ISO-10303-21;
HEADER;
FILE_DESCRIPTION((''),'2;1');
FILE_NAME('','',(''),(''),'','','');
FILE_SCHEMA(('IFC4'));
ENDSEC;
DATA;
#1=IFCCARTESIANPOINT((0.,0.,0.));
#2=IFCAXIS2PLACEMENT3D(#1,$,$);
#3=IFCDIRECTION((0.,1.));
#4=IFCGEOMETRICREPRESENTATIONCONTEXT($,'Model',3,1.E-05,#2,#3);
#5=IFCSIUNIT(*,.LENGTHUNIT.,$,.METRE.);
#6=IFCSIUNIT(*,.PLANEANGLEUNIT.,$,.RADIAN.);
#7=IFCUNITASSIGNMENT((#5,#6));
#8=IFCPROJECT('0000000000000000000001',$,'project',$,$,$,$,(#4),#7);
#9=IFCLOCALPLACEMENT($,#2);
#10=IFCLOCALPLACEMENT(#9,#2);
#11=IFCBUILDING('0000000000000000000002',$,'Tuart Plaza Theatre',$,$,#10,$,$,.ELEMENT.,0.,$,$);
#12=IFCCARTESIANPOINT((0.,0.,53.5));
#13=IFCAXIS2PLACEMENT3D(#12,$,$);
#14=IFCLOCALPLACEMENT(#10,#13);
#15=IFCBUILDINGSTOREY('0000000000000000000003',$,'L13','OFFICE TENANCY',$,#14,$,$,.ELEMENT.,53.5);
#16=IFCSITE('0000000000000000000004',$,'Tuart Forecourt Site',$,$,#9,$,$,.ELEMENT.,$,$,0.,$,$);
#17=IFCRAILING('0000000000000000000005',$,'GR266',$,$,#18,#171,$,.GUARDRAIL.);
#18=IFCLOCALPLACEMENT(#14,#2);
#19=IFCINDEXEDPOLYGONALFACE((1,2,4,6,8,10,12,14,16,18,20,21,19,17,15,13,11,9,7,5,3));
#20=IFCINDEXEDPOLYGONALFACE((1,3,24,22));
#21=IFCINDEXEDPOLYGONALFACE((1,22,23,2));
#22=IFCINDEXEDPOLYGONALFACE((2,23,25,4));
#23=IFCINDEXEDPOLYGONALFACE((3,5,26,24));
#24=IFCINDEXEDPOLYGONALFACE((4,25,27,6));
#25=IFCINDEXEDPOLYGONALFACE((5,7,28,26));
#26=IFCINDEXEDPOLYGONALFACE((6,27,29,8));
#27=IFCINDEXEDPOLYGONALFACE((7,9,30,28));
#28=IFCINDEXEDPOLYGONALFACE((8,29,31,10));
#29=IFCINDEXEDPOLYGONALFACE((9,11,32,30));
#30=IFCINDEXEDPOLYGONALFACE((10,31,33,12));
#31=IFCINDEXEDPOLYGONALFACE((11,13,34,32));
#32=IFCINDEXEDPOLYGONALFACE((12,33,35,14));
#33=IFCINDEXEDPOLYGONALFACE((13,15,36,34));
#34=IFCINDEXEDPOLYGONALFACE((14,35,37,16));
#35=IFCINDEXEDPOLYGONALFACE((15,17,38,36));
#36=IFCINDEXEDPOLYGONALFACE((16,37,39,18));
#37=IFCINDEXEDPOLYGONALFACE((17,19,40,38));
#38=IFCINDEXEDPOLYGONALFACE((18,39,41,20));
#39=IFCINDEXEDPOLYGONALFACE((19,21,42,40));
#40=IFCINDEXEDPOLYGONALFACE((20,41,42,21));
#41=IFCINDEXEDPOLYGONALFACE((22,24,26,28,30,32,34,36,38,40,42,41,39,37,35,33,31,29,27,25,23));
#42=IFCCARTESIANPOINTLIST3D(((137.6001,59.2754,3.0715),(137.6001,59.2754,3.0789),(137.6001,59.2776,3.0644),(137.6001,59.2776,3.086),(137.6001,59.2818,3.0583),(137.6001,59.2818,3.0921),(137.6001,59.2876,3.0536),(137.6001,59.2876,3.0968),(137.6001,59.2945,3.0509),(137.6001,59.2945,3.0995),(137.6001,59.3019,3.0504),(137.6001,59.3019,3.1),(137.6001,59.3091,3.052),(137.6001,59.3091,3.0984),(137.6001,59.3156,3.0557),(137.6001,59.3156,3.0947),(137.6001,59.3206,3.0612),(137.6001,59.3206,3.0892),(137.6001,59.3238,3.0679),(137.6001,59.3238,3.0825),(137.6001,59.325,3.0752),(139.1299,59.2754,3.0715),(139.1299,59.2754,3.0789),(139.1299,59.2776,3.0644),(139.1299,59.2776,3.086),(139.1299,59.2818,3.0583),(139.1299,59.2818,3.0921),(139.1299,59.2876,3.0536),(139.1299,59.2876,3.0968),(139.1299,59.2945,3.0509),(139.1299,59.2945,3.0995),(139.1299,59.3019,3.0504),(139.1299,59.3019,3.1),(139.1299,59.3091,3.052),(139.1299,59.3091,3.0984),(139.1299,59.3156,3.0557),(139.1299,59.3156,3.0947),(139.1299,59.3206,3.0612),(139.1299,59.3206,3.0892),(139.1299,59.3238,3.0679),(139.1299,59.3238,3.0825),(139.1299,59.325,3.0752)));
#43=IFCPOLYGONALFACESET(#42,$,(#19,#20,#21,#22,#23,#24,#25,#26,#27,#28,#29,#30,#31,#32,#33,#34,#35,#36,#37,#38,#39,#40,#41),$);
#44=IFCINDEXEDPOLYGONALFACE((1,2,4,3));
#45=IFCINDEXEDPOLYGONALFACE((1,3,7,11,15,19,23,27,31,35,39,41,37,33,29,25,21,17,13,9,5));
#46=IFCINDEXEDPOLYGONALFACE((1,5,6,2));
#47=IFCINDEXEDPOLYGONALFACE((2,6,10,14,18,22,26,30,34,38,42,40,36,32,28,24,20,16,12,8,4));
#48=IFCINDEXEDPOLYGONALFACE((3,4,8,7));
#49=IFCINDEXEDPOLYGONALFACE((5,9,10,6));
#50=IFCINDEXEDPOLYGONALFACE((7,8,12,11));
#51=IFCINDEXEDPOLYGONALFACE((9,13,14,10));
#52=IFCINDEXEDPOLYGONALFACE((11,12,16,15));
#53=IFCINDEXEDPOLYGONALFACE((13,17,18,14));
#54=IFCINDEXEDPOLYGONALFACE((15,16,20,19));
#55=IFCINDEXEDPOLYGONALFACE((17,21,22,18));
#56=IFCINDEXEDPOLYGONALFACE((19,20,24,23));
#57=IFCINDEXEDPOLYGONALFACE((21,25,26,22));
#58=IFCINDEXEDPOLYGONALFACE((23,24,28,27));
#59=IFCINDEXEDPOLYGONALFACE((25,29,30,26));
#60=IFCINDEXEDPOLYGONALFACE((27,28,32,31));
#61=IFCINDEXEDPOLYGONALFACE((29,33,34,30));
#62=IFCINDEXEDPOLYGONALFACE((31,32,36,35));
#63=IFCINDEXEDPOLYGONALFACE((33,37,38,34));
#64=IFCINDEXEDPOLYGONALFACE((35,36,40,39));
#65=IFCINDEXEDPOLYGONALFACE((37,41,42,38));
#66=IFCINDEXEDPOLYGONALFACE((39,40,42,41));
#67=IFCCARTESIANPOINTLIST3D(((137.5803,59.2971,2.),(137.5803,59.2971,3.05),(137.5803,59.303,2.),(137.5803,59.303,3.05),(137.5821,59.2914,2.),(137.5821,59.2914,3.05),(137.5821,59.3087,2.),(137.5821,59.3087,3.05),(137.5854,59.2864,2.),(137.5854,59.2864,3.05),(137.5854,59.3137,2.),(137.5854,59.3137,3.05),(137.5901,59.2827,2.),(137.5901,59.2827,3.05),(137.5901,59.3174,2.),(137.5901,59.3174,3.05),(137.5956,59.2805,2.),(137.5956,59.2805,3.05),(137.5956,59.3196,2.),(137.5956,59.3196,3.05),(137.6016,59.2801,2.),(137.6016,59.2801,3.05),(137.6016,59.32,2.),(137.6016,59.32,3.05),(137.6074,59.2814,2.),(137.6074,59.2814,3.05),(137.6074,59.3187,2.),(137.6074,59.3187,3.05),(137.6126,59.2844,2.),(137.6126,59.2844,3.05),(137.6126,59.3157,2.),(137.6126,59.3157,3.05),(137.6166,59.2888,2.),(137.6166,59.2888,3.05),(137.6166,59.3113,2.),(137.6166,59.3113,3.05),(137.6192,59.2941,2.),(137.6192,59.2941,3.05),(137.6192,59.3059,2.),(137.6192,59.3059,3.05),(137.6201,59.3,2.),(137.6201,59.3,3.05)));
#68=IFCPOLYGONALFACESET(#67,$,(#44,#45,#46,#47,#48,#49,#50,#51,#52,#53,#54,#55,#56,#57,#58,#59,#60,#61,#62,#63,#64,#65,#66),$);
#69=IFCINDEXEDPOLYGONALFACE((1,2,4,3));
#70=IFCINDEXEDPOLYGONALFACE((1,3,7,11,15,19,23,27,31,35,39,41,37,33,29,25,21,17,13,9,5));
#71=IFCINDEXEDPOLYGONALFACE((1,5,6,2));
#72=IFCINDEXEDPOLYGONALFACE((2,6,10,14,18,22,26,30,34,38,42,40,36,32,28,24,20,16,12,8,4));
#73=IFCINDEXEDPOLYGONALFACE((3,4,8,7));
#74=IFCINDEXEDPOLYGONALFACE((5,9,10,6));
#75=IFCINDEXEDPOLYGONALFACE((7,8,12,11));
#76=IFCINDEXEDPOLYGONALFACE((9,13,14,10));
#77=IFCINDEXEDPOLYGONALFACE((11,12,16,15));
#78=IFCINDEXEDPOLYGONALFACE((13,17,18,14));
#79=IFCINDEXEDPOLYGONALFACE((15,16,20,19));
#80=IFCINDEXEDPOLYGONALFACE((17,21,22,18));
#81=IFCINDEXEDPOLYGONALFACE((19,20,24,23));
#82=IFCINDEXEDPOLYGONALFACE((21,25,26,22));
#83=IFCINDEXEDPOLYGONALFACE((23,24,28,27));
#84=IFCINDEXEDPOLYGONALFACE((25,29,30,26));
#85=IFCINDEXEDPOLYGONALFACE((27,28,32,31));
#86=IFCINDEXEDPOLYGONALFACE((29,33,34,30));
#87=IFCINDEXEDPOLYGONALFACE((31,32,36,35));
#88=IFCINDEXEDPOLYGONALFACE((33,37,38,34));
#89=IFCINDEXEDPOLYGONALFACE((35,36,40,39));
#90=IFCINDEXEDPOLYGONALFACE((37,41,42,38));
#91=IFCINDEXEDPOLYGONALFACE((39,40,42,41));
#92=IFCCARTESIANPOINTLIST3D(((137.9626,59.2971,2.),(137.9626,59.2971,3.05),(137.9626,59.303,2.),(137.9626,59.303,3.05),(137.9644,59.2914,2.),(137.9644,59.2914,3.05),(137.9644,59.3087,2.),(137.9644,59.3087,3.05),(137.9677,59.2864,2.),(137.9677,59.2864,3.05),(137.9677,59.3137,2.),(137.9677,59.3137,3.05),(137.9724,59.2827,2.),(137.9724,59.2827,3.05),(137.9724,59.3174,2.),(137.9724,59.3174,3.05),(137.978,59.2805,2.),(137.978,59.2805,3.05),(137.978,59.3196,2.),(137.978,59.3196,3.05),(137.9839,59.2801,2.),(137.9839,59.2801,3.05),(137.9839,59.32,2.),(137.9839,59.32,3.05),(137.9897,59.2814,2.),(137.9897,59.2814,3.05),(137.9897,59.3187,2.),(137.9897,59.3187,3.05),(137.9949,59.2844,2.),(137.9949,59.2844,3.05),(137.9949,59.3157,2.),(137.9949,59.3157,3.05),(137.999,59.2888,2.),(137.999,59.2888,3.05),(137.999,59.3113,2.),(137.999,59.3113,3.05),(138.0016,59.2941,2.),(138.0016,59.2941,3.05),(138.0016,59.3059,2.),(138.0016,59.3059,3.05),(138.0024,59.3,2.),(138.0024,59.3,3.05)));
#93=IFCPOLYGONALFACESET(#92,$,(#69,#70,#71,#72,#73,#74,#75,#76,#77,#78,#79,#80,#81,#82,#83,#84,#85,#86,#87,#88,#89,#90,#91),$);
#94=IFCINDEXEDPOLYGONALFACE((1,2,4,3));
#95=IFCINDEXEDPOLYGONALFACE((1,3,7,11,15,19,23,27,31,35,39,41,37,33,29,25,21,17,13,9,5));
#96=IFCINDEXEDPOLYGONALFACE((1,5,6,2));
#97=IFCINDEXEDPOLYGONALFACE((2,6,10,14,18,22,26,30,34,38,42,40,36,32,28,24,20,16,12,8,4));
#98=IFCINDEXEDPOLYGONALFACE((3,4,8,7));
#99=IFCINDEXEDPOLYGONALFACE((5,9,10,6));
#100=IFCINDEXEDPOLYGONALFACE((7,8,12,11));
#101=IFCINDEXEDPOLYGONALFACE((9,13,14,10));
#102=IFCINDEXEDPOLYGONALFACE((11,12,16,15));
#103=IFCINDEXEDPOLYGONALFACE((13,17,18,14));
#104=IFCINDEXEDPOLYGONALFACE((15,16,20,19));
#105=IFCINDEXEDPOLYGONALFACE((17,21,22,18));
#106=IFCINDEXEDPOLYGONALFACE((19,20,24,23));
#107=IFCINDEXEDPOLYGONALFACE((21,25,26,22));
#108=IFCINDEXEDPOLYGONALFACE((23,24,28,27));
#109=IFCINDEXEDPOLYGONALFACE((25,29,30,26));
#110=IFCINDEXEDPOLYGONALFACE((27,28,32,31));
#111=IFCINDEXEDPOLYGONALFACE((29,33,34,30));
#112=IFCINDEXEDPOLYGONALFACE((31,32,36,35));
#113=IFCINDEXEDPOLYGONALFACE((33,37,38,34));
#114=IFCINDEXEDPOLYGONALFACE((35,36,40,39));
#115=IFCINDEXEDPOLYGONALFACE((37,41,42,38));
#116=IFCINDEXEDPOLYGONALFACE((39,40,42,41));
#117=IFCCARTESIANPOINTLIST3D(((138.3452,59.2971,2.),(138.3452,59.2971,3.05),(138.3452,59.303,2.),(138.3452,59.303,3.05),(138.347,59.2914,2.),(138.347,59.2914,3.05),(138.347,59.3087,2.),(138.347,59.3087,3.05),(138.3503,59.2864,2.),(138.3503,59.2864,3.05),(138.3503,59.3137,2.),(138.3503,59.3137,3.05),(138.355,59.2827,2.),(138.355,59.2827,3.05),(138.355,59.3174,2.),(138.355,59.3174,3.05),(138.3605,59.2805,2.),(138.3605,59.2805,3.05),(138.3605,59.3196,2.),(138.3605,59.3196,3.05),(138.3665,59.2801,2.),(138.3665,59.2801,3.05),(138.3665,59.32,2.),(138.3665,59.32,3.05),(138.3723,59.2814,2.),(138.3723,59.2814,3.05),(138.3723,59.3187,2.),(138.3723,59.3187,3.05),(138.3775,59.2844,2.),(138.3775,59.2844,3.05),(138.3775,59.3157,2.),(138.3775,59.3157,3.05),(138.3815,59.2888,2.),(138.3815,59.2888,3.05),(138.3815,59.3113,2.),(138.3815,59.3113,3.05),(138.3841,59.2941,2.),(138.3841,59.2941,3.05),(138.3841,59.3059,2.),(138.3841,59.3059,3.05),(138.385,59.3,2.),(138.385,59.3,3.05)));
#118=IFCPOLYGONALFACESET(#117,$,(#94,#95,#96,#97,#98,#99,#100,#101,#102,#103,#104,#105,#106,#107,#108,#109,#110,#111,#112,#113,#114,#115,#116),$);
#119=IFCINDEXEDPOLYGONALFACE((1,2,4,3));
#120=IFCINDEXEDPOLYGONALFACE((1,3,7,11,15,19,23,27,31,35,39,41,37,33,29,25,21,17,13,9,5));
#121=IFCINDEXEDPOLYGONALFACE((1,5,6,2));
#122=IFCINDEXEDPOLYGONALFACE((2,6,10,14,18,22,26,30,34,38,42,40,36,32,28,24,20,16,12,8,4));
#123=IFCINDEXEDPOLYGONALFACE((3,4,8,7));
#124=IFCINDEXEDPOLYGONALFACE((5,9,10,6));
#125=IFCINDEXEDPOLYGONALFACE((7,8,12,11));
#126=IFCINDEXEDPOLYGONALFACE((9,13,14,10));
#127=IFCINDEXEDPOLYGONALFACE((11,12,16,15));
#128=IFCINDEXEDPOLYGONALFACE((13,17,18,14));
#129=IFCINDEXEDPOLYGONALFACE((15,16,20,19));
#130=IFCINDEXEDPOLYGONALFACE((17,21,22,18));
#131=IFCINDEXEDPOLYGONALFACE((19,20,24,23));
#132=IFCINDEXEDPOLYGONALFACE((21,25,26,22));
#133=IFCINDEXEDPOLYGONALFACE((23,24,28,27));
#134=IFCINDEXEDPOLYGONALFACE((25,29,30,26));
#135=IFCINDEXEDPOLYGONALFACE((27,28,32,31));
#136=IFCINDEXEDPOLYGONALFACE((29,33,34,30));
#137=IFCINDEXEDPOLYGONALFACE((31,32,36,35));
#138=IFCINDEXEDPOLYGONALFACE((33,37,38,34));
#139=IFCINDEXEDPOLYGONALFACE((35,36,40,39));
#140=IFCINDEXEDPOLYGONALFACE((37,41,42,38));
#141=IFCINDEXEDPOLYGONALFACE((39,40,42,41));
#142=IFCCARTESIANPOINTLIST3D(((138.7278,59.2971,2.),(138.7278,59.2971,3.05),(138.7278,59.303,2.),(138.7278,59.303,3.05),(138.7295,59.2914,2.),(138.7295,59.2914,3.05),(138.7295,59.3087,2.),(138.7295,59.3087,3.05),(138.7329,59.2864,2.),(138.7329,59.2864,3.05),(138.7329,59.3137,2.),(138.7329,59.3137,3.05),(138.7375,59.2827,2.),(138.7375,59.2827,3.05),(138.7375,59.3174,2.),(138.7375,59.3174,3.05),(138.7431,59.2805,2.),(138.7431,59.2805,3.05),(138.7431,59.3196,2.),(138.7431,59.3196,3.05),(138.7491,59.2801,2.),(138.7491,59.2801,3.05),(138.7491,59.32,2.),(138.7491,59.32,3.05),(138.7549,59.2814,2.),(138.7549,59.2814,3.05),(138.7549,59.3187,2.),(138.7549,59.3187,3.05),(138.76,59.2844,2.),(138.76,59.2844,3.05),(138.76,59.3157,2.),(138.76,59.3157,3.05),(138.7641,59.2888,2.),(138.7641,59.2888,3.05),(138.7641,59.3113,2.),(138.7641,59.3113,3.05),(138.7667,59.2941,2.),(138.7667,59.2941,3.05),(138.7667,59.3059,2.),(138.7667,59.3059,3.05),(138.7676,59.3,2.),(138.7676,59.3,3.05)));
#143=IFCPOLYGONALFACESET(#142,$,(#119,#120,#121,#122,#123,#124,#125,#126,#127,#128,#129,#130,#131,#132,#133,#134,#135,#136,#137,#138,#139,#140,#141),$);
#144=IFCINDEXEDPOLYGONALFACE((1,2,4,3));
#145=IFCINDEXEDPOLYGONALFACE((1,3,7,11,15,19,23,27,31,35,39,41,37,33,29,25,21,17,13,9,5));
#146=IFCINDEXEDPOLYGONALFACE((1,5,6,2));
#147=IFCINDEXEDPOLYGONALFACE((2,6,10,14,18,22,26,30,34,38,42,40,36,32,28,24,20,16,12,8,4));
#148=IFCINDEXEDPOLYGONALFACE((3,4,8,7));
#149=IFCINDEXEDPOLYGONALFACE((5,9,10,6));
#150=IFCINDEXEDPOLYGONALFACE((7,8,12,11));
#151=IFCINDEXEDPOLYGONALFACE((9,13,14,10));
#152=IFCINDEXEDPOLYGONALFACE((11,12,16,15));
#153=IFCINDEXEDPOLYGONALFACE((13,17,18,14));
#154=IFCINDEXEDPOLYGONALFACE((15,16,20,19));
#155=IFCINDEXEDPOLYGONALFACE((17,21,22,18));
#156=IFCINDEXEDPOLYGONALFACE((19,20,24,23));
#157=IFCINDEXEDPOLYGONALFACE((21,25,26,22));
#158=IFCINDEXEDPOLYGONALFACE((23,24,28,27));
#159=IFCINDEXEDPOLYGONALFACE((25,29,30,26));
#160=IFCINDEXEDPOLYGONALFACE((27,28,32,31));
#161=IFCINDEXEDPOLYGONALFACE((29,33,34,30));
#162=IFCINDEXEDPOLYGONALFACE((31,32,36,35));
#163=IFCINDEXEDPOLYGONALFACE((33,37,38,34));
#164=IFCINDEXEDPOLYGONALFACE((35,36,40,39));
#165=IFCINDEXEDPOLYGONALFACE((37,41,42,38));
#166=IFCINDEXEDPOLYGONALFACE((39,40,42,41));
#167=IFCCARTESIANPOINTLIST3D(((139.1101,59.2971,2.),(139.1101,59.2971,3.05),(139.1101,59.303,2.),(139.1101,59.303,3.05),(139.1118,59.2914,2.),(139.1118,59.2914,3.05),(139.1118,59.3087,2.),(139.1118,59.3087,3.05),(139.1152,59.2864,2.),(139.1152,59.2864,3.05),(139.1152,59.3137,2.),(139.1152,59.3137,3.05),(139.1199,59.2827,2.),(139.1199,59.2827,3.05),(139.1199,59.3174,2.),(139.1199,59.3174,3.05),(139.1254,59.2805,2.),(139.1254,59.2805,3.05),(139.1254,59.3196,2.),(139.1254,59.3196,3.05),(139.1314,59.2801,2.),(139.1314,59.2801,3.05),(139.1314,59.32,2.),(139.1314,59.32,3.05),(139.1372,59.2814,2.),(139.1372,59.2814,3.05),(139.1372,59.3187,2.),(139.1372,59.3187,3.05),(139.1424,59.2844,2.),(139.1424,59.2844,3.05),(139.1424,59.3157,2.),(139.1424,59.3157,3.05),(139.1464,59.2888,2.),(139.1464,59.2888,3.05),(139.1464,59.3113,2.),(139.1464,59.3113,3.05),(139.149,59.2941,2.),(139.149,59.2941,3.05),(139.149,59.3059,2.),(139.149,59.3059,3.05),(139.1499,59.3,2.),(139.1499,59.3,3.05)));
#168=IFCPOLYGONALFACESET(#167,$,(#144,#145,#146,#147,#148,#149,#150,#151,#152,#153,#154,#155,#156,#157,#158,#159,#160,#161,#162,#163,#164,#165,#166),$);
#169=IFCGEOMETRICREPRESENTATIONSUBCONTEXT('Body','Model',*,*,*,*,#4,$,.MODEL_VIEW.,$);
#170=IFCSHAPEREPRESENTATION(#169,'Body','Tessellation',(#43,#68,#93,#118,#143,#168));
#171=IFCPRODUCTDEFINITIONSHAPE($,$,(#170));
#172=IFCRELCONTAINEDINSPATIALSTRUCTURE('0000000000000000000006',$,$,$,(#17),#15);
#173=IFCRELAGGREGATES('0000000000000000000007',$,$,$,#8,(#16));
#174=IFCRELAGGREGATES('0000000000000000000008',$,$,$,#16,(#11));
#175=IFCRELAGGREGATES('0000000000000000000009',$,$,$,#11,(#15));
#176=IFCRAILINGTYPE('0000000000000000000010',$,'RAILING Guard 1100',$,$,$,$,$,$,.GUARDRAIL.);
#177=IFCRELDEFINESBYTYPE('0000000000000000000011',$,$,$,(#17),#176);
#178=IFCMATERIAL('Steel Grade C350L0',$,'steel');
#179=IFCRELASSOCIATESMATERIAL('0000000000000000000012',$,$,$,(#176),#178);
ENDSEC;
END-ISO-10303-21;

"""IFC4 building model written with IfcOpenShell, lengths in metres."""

from ifc_helpers import new_model, si_unit, direction, frame, origin, origin_2d, place, context, subcontext, project, spatial, circle, extrude, material, type_object, element, save


model = new_model("IFC4")

# Units and contexts
model_context = context("Model", 3, precision=1e-05, world=origin(), true_north=direction((0.0, 1.0)))
body_context = subcontext(model_context, "Body", "Model", "MODEL_VIEW")
ifc_project = project(units=[si_unit("LENGTHUNIT", "METRE"), si_unit("PLANEANGLEUNIT", "RADIAN")], contexts=[model_context])

# Site, building, storey
site_placement = place(None, origin())
site = spatial("IfcSite", under=ifc_project, at=site_placement, Name="Tuart Forecourt Site", CompositionType="ELEMENT", RefElevation=0.0)
building_placement = place(site_placement, origin())
building = spatial("IfcBuilding", under=site, at=building_placement, Name="Tuart Plaza Theatre", CompositionType="ELEMENT", ElevationOfRefHeight=0.0)
storey_placement = place(building_placement, frame((0.0, 0.0, 53.5)))
storey = spatial("IfcBuildingStorey", under=building, at=storey_placement, Name="L13", Description="OFFICE TENANCY", CompositionType="ELEMENT", Elevation=53.5)

# Railing
ifc_material_1 = material(Name="Steel Grade C350L0", Category="steel")
railing_type_1 = type_object("IfcRailingType", Name="RAILING Guard 1100", PredefinedType="GUARDRAIL", material=ifc_material_1)
railing_1_placement = place(storey_placement, frame((137.6001, 59.3, 2.0)))
element("IfcRailing", 1, at=railing_1_placement, inside=storey, type_object=railing_type_1, Name="GR266", PredefinedType="GUARDRAIL", context=body_context, shape_type="SweptSolid", body=[
    extrude(circle(Radius=0.0249, at=origin_2d()), frame((0.0, 0.0, 1.0752), z_axis=(1.0, 0.0, 0.0), x_axis=(0.0, 1.0, 0.0)), (0.0, 0.0, 1.0), 1.5298),
    extrude(circle(Radius=0.02, at=origin_2d()), origin(), (0.0, 0.0, 1.0), 1.05),
    extrude(circle(Radius=0.02, at=origin_2d()), frame((0.3823, 0.0, 0.0)), (0.0, 0.0, 1.0), 1.05),
    extrude(circle(Radius=0.02, at=origin_2d()), frame((0.7649, 0.0, 0.0)), (0.0, 0.0, 1.0), 1.05),
    extrude(circle(Radius=0.02, at=origin_2d()), frame((1.1475, 0.0, 0.0)), (0.0, 0.0, 1.0), 1.05),
    extrude(circle(Radius=0.02, at=origin_2d()), frame((1.5298, 0.0, 0.0)), (0.0, 0.0, 1.0), 1.05),
])

save(model, "model.ifc")
